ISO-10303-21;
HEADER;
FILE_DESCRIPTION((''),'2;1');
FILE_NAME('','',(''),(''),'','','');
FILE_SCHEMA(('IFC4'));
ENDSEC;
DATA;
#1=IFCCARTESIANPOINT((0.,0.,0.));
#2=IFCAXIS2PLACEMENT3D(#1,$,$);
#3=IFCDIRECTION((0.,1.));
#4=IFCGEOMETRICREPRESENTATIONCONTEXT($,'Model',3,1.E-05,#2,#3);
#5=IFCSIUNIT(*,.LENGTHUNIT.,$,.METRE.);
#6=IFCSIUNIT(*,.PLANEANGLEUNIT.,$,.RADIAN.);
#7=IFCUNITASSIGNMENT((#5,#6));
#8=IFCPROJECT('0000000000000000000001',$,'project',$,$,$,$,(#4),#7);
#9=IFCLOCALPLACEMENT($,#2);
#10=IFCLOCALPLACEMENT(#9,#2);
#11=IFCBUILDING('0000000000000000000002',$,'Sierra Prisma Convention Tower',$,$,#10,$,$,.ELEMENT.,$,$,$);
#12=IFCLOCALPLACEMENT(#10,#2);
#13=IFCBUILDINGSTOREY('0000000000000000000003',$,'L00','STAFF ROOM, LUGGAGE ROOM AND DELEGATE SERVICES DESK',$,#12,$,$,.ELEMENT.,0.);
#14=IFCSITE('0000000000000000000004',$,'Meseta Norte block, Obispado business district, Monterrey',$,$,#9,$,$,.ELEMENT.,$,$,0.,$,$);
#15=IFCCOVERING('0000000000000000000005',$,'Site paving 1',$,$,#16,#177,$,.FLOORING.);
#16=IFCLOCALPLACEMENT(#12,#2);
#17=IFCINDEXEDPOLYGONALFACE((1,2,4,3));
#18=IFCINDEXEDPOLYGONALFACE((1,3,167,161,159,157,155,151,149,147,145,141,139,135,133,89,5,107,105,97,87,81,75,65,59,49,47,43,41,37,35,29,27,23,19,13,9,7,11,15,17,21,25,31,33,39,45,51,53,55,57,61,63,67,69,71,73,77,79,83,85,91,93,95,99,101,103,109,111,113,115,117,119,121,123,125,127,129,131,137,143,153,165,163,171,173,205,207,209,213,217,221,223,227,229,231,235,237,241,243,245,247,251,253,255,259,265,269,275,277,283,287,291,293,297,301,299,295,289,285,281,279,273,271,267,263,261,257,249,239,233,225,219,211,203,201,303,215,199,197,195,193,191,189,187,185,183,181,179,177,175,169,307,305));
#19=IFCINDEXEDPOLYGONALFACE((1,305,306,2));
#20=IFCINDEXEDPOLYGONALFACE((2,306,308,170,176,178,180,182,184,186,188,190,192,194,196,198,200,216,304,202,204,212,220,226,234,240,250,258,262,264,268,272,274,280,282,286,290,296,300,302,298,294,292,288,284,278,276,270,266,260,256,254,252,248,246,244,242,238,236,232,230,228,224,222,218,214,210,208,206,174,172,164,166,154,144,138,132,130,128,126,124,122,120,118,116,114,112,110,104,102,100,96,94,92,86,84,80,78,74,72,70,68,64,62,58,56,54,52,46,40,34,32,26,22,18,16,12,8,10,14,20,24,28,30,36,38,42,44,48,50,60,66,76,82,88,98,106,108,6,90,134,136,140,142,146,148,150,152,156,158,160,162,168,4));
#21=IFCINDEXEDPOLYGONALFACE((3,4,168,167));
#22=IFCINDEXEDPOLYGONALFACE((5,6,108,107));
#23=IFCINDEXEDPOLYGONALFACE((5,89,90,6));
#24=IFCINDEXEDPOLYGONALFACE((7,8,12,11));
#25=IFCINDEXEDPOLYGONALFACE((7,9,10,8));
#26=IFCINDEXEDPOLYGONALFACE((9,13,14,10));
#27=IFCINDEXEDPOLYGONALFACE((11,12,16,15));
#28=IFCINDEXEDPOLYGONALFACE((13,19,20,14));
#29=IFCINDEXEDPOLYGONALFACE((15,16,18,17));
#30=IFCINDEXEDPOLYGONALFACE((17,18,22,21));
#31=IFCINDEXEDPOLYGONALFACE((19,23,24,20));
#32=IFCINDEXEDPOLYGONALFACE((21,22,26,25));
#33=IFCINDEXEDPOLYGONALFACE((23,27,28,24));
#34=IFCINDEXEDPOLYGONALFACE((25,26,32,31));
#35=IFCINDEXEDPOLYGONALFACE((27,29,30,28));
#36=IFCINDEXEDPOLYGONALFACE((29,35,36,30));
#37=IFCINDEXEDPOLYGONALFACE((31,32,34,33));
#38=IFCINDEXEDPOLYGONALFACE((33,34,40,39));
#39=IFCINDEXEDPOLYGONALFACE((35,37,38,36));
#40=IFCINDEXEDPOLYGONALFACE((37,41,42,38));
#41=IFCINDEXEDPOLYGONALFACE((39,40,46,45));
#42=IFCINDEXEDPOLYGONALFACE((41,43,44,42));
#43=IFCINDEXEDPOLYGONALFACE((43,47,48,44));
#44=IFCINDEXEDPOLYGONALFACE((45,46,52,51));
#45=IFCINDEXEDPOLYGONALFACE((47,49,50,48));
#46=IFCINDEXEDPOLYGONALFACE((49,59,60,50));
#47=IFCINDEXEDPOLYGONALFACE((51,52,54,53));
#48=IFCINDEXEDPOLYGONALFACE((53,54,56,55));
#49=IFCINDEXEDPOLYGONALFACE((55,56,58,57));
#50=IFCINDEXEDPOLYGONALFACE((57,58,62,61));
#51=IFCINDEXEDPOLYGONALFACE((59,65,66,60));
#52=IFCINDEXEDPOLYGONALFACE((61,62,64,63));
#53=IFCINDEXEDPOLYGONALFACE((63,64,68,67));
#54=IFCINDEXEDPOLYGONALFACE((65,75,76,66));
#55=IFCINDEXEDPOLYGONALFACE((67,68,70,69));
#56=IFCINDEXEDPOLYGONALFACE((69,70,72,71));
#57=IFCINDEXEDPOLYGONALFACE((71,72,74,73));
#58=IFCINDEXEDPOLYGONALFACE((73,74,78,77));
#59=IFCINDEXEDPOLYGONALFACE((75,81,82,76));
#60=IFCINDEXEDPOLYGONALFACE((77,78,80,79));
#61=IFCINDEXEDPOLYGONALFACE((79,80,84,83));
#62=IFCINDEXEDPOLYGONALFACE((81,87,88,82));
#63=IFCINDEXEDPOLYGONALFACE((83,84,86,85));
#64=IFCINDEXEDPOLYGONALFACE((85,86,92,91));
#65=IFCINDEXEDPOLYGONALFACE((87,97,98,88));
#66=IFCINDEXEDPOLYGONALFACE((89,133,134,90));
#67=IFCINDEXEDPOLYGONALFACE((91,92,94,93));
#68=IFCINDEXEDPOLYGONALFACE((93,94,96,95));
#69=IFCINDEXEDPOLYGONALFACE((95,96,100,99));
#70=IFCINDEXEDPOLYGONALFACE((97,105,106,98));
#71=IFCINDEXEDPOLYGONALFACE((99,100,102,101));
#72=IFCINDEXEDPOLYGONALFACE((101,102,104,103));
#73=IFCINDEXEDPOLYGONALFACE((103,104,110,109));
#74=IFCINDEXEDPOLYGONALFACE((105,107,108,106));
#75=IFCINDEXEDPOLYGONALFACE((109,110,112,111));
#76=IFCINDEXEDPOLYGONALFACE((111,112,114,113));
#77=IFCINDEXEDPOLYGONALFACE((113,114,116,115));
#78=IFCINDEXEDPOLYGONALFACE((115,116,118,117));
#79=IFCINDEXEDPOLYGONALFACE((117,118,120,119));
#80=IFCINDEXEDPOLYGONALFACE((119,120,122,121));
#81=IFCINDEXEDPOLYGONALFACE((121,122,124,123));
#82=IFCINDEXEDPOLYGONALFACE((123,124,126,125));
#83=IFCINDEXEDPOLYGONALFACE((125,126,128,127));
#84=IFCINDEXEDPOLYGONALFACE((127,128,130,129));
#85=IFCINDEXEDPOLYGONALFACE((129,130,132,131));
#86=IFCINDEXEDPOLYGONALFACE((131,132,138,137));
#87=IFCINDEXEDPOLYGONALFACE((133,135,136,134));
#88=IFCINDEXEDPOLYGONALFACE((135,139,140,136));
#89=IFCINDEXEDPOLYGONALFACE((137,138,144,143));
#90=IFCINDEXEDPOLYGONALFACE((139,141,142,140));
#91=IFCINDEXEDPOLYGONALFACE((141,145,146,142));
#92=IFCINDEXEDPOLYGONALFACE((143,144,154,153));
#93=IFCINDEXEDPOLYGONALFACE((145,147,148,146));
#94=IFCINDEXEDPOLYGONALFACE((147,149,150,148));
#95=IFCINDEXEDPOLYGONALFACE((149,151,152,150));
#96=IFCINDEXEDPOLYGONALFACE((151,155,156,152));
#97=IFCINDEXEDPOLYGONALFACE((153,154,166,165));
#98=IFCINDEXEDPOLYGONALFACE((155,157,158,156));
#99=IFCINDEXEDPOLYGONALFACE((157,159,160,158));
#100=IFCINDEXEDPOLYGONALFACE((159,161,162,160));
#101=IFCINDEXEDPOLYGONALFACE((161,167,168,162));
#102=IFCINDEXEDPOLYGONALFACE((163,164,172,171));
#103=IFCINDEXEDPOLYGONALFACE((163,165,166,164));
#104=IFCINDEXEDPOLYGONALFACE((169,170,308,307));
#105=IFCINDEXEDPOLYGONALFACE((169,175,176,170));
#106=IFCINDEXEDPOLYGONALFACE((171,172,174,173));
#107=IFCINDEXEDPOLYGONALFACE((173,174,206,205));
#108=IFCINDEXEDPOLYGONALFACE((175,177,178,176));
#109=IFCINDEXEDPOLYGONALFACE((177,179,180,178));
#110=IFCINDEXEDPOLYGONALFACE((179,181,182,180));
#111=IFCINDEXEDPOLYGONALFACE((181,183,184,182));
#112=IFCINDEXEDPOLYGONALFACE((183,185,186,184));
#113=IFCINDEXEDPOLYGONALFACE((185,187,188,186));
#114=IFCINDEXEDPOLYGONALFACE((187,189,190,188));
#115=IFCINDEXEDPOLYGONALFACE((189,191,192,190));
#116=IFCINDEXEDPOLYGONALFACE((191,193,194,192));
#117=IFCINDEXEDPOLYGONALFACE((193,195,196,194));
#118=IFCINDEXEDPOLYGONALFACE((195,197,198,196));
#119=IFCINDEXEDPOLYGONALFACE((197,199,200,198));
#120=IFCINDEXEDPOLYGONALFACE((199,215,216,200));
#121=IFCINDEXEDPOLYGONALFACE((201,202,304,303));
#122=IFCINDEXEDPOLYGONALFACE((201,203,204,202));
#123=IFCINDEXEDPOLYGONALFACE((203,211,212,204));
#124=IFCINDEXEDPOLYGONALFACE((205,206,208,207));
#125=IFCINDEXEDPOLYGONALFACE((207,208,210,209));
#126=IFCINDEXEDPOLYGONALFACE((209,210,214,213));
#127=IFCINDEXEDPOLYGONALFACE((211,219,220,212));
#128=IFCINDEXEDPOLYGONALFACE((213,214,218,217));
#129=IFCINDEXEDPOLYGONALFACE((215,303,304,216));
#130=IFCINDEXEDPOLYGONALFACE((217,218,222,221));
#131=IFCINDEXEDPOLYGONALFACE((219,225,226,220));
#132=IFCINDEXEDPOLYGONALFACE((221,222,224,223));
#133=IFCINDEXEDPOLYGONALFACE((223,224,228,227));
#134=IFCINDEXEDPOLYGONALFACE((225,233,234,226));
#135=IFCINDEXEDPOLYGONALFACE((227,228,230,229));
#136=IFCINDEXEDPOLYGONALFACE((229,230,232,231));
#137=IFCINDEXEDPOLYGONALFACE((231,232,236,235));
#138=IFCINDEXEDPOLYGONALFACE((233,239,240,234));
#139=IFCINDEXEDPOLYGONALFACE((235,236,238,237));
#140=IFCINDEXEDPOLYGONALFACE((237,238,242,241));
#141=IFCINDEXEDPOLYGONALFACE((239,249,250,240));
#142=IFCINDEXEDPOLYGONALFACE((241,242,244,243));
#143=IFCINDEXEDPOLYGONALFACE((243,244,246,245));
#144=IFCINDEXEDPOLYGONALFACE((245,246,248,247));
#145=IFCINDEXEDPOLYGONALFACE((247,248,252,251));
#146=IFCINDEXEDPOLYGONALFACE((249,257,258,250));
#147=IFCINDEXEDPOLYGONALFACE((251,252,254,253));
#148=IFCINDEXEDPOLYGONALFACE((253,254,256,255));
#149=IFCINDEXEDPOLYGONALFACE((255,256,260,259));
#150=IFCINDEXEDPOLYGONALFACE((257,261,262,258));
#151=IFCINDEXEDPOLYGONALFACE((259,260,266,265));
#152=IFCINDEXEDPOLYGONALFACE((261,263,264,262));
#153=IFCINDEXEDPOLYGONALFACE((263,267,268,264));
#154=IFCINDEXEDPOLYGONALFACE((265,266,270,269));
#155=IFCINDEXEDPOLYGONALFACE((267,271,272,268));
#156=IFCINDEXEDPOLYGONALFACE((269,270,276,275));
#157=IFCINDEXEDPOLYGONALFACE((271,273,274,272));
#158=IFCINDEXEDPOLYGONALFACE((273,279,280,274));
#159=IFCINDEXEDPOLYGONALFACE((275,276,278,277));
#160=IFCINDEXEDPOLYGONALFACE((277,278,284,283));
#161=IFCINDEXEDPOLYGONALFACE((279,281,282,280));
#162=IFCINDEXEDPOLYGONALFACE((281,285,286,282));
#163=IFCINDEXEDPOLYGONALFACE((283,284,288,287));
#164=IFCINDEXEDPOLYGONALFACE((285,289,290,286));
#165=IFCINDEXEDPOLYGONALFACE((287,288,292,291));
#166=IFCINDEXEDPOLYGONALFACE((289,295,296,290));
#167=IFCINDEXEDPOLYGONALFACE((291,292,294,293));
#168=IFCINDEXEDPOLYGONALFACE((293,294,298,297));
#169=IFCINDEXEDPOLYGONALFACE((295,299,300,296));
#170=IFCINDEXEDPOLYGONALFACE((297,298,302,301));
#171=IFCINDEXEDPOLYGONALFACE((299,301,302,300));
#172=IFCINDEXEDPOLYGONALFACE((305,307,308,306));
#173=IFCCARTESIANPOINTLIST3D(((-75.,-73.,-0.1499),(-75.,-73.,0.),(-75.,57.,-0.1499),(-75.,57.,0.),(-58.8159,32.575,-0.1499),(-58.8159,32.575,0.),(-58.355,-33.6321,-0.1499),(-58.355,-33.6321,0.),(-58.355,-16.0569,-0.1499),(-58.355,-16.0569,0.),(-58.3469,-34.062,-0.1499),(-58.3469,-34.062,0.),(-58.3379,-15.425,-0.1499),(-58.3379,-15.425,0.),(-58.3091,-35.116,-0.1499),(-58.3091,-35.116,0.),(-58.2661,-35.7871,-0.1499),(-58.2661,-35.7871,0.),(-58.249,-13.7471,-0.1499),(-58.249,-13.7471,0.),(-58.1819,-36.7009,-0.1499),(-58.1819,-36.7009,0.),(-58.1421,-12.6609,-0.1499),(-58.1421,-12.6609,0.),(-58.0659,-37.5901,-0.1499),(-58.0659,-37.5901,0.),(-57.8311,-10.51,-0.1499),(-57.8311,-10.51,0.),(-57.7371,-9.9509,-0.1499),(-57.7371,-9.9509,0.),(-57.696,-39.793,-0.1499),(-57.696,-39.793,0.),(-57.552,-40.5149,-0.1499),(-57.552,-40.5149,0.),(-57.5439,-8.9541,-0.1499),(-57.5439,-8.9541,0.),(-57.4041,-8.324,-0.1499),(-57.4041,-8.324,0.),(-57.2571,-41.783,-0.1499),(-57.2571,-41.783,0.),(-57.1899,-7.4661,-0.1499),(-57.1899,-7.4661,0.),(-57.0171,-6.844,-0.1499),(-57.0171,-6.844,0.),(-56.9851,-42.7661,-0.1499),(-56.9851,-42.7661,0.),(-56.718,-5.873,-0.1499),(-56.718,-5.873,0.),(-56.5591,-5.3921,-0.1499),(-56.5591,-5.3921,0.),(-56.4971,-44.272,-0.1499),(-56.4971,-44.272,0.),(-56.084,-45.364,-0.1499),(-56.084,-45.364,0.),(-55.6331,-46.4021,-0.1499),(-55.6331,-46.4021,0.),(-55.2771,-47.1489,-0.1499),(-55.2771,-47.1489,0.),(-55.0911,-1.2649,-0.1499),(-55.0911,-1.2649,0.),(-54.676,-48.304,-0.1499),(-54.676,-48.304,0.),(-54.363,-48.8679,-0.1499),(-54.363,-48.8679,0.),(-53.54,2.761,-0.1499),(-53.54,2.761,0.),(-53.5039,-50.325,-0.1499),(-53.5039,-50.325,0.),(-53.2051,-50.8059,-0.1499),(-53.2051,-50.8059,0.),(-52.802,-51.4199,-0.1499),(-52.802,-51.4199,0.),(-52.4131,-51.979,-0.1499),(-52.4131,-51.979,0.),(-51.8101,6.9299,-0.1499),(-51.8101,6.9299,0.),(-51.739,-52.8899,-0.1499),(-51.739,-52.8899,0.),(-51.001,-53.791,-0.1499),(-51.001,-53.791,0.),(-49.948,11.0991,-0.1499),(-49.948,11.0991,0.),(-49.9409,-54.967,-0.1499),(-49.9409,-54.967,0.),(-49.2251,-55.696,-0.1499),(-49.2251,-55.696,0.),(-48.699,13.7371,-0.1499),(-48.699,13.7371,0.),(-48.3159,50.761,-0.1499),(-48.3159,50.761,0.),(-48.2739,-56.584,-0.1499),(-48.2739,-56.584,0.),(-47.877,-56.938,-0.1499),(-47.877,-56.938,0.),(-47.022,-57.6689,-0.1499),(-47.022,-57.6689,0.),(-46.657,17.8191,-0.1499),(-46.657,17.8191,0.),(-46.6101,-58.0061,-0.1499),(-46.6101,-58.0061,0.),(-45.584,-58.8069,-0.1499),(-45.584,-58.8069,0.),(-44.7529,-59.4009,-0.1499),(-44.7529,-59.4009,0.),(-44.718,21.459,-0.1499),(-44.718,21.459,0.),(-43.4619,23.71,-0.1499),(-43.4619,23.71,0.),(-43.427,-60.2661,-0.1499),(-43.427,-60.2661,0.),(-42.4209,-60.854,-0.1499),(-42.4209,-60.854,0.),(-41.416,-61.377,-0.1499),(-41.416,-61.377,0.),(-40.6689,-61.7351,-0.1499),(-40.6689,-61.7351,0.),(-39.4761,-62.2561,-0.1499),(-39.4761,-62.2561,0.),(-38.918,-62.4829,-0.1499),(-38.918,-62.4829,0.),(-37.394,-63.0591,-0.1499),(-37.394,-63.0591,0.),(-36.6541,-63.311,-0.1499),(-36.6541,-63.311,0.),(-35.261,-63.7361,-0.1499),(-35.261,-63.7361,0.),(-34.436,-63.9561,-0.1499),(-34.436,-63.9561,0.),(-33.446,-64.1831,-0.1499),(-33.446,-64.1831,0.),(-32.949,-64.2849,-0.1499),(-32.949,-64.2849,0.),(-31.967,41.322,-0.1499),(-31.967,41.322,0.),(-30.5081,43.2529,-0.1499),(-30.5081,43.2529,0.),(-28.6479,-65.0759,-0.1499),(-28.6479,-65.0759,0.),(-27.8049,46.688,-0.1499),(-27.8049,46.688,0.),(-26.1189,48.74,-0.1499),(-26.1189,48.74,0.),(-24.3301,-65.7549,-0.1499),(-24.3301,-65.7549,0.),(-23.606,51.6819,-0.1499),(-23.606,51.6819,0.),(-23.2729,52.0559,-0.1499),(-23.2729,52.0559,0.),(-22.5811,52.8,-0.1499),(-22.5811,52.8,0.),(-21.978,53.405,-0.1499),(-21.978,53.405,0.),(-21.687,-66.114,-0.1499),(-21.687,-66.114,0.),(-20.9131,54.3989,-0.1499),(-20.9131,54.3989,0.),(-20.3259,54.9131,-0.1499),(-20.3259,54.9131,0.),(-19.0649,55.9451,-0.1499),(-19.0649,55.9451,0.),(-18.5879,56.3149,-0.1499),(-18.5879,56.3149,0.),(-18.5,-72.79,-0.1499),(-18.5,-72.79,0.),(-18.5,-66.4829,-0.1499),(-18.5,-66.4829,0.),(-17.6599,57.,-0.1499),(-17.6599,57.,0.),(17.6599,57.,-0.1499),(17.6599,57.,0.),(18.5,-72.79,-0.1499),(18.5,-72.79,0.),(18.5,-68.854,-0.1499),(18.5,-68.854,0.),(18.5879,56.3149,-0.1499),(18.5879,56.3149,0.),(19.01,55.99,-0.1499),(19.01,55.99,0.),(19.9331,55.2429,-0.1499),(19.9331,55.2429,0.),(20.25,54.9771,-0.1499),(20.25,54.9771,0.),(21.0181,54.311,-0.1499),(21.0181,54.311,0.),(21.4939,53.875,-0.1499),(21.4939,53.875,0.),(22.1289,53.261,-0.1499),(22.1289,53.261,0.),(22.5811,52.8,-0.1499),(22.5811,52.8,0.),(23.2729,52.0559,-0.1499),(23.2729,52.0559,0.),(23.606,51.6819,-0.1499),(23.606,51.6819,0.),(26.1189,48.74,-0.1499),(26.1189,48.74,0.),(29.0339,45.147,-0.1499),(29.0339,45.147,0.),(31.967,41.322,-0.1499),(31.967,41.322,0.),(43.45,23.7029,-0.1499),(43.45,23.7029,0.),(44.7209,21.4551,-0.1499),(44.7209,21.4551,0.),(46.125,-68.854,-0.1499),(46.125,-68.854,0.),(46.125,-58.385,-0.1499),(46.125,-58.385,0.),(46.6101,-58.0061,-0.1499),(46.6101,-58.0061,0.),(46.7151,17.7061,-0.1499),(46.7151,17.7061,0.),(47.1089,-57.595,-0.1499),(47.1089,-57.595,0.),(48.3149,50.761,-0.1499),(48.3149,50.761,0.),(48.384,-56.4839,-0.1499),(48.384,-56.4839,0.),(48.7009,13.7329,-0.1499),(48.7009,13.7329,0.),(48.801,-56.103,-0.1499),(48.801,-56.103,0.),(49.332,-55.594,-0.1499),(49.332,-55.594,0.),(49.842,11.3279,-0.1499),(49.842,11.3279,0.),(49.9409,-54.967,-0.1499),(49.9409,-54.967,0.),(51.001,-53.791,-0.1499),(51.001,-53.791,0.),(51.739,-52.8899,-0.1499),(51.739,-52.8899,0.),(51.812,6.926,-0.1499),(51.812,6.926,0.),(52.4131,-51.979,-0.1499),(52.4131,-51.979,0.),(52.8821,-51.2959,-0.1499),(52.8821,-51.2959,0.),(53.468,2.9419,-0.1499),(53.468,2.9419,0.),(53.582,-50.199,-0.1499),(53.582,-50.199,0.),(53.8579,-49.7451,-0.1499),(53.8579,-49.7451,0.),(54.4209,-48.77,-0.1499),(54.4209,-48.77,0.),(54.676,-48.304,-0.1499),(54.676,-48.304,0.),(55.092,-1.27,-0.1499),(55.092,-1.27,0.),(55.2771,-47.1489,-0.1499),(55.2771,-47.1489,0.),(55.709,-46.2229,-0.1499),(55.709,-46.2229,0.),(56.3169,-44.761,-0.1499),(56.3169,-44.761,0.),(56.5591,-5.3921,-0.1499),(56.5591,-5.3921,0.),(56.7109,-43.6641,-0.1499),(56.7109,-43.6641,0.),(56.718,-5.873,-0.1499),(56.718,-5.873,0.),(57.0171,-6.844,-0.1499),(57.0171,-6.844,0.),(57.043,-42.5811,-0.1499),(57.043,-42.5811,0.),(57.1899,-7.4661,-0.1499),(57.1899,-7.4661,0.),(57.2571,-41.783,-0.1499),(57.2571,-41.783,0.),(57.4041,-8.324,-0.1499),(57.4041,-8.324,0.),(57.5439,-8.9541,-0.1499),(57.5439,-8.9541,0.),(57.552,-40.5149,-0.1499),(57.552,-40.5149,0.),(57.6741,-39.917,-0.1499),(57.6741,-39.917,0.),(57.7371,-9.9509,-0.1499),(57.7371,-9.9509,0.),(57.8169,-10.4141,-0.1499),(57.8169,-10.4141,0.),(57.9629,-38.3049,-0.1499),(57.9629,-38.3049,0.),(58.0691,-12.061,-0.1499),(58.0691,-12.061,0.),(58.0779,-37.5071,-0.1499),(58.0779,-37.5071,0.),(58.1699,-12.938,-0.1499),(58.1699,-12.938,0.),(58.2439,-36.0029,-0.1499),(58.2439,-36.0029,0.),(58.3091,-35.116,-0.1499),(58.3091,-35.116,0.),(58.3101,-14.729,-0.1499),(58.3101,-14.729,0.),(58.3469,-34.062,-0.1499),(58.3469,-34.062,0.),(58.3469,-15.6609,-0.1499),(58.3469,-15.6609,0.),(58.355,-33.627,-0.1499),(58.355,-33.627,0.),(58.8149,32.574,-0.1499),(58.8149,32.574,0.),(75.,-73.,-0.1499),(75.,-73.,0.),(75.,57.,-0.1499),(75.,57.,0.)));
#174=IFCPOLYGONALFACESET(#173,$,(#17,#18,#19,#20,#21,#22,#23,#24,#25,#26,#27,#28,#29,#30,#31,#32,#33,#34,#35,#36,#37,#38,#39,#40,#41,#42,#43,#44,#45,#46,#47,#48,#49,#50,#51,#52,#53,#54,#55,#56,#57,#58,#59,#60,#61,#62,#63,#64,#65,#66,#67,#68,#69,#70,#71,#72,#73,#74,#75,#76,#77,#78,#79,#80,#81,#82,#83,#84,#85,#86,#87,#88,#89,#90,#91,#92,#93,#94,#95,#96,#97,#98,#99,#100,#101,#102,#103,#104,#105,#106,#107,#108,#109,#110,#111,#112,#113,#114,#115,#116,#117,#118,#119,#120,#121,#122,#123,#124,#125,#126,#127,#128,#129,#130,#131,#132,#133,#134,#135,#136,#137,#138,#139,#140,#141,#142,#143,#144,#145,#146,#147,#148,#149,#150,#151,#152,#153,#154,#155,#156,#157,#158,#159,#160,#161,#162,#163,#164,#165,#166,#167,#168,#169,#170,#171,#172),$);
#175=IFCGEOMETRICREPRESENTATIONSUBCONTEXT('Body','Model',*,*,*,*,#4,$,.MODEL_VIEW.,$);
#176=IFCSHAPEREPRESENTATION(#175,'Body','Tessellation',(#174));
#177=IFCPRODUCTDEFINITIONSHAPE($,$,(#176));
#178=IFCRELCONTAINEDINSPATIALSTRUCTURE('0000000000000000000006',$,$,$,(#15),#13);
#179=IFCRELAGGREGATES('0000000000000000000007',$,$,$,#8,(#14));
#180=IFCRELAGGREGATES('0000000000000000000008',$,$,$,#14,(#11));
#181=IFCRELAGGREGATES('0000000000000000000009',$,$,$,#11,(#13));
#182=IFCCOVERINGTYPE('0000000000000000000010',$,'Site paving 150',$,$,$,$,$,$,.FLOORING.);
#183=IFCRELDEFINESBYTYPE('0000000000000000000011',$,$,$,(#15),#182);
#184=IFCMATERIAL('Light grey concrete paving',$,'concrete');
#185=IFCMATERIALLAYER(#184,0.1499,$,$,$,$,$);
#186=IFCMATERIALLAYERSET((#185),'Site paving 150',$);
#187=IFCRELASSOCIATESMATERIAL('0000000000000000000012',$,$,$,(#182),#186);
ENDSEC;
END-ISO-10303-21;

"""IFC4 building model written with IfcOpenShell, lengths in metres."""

from ifc_helpers import new_model, si_unit, direction, frame, origin, place, context, subcontext, project, spatial, polyline, outline, extrude, material, layer, layer_set, type_object, element, save


model = new_model("IFC4")

# Units and contexts
model_context = context("Model", 3, precision=1e-05, world=origin(), true_north=direction((0.0, 1.0)))
body_context = subcontext(model_context, "Body", "Model", "MODEL_VIEW")
ifc_project = project(units=[si_unit("LENGTHUNIT", "METRE"), si_unit("PLANEANGLEUNIT", "RADIAN")], contexts=[model_context])

# Site, building, storey
site_placement = place(None, origin())
site = spatial("IfcSite", under=ifc_project, at=site_placement, Name="Meseta Norte block, Obispado business district, Monterrey", CompositionType="ELEMENT", RefElevation=0.0)
building_placement = place(site_placement, origin())
building = spatial("IfcBuilding", under=site, at=building_placement, Name="Sierra Prisma Convention Tower", CompositionType="ELEMENT")
storey_placement = place(building_placement, origin())
storey = spatial("IfcBuildingStorey", under=building, at=storey_placement, Name="L00", Description="STAFF ROOM, LUGGAGE ROOM AND DELEGATE SERVICES DESK", CompositionType="ELEMENT", Elevation=0.0)

# Covering
ifc_material_1 = material(Name="Light grey concrete paving", Category="concrete")
ifc_layer_1 = layer(ifc_material_1, 0.1499)
ifc_layer_set_1 = layer_set([ifc_layer_1], Name="Site paving 150")
covering_type_1 = type_object("IfcCoveringType", Name="Site paving 150", PredefinedType="FLOORING", material=ifc_layer_set_1)
covering_1_placement = place(storey_placement, frame((0.0, 0.0, -0.1499)))
element("IfcCovering", 1, at=covering_1_placement, inside=storey, type_object=covering_type_1, Name="Site paving 1", PredefinedType="FLOORING", context=body_context, shape_type="SweptSolid", body=[
    extrude(outline(polyline([(75.0, -73.0), (75.0, 57.0), (17.6599, 57.0), (18.5879, 56.3149), (19.01, 55.99), (19.9331, 55.2429), (20.25, 54.9771), (21.0181, 54.311), (21.4939, 53.875), (22.1289, 53.261), (22.5811, 52.8), (23.2729, 52.0559), (23.606, 51.6819), (26.1189, 48.74), (29.0339, 45.147), (31.967, 41.322), (48.3149, 50.761), (58.8149, 32.574), (43.45, 23.7029), (44.7209, 21.4551), (46.7151, 17.7061), (48.7009, 13.7329), (49.842, 11.3279), (51.812, 6.926), (53.468, 2.9419), (55.092, -1.27), (56.5591, -5.3921), (56.718, -5.873), (57.0171, -6.844), (57.1899, -7.4661), (57.4041, -8.324), (57.5439, -8.9541), (57.7371, -9.9509), (57.8169, -10.4141), (58.0691, -12.061), (58.1699, -12.938), (58.3101, -14.729), (58.3469, -15.6609), (58.355, -33.627), (58.3469, -34.062), (58.3091, -35.116), (58.2439, -36.0029), (58.0779, -37.5071), (57.9629, -38.3049), (57.6741, -39.917), (57.552, -40.5149), (57.2571, -41.783), (57.043, -42.5811), (56.7109, -43.6641), (56.3169, -44.761), (55.709, -46.2229), (55.2771, -47.1489), (54.676, -48.304), (54.4209, -48.77), (53.8579, -49.7451), (53.582, -50.199), (52.8821, -51.2959), (52.4131, -51.979), (51.739, -52.8899), (51.001, -53.791), (49.9409, -54.967), (49.332, -55.594), (48.801, -56.103), (48.384, -56.4839), (47.1089, -57.595), (46.6101, -58.0061), (46.125, -58.385), (46.125, -68.854), (18.5, -68.854), (18.5, -72.79), (-18.5, -72.79), (-18.5, -66.4829), (-21.687, -66.114), (-24.3301, -65.7549), (-28.6479, -65.0759), (-32.949, -64.2849), (-33.446, -64.1831), (-34.436, -63.9561), (-35.261, -63.7361), (-36.6541, -63.311), (-37.394, -63.0591), (-38.918, -62.4829), (-39.4761, -62.2561), (-40.6689, -61.7351), (-41.416, -61.377), (-42.4209, -60.854), (-43.427, -60.2661), (-44.7529, -59.4009), (-45.584, -58.8069), (-46.6101, -58.0061), (-47.022, -57.6689), (-47.877, -56.938), (-48.2739, -56.584), (-49.2251, -55.696), (-49.9409, -54.967), (-51.001, -53.791), (-51.739, -52.8899), (-52.4131, -51.979), (-52.802, -51.4199), (-53.2051, -50.8059), (-53.5039, -50.325), (-54.363, -48.8679), (-54.676, -48.304), (-55.2771, -47.1489), (-55.6331, -46.4021), (-56.084, -45.364), (-56.4971, -44.272), (-56.9851, -42.7661), (-57.2571, -41.783), (-57.552, -40.5149), (-57.696, -39.793), (-58.0659, -37.5901), (-58.1819, -36.7009), (-58.2661, -35.7871), (-58.3091, -35.116), (-58.3469, -34.062), (-58.355, -33.6321), (-58.355, -16.0569), (-58.3379, -15.425), (-58.249, -13.7471), (-58.1421, -12.6609), (-57.8311, -10.51), (-57.7371, -9.9509), (-57.5439, -8.9541), (-57.4041, -8.324), (-57.1899, -7.4661), (-57.0171, -6.844), (-56.718, -5.873), (-56.5591, -5.3921), (-55.0911, -1.2649), (-53.54, 2.761), (-51.8101, 6.9299), (-49.948, 11.0991), (-48.699, 13.7371), (-46.657, 17.8191), (-44.718, 21.459), (-43.4619, 23.71), (-58.8159, 32.575), (-48.3159, 50.761), (-31.967, 41.322), (-30.5081, 43.2529), (-27.8049, 46.688), (-26.1189, 48.74), (-23.606, 51.6819), (-23.2729, 52.0559), (-22.5811, 52.8), (-21.978, 53.405), (-20.9131, 54.3989), (-20.3259, 54.9131), (-19.0649, 55.9451), (-18.5879, 56.3149), (-17.6599, 57.0), (-75.0, 57.0), (-75.0, -73.0), (75.0, -73.0)])), origin(), (0.0, 0.0, 1.0), 0.1499),
])

save(model, "model.ifc")
